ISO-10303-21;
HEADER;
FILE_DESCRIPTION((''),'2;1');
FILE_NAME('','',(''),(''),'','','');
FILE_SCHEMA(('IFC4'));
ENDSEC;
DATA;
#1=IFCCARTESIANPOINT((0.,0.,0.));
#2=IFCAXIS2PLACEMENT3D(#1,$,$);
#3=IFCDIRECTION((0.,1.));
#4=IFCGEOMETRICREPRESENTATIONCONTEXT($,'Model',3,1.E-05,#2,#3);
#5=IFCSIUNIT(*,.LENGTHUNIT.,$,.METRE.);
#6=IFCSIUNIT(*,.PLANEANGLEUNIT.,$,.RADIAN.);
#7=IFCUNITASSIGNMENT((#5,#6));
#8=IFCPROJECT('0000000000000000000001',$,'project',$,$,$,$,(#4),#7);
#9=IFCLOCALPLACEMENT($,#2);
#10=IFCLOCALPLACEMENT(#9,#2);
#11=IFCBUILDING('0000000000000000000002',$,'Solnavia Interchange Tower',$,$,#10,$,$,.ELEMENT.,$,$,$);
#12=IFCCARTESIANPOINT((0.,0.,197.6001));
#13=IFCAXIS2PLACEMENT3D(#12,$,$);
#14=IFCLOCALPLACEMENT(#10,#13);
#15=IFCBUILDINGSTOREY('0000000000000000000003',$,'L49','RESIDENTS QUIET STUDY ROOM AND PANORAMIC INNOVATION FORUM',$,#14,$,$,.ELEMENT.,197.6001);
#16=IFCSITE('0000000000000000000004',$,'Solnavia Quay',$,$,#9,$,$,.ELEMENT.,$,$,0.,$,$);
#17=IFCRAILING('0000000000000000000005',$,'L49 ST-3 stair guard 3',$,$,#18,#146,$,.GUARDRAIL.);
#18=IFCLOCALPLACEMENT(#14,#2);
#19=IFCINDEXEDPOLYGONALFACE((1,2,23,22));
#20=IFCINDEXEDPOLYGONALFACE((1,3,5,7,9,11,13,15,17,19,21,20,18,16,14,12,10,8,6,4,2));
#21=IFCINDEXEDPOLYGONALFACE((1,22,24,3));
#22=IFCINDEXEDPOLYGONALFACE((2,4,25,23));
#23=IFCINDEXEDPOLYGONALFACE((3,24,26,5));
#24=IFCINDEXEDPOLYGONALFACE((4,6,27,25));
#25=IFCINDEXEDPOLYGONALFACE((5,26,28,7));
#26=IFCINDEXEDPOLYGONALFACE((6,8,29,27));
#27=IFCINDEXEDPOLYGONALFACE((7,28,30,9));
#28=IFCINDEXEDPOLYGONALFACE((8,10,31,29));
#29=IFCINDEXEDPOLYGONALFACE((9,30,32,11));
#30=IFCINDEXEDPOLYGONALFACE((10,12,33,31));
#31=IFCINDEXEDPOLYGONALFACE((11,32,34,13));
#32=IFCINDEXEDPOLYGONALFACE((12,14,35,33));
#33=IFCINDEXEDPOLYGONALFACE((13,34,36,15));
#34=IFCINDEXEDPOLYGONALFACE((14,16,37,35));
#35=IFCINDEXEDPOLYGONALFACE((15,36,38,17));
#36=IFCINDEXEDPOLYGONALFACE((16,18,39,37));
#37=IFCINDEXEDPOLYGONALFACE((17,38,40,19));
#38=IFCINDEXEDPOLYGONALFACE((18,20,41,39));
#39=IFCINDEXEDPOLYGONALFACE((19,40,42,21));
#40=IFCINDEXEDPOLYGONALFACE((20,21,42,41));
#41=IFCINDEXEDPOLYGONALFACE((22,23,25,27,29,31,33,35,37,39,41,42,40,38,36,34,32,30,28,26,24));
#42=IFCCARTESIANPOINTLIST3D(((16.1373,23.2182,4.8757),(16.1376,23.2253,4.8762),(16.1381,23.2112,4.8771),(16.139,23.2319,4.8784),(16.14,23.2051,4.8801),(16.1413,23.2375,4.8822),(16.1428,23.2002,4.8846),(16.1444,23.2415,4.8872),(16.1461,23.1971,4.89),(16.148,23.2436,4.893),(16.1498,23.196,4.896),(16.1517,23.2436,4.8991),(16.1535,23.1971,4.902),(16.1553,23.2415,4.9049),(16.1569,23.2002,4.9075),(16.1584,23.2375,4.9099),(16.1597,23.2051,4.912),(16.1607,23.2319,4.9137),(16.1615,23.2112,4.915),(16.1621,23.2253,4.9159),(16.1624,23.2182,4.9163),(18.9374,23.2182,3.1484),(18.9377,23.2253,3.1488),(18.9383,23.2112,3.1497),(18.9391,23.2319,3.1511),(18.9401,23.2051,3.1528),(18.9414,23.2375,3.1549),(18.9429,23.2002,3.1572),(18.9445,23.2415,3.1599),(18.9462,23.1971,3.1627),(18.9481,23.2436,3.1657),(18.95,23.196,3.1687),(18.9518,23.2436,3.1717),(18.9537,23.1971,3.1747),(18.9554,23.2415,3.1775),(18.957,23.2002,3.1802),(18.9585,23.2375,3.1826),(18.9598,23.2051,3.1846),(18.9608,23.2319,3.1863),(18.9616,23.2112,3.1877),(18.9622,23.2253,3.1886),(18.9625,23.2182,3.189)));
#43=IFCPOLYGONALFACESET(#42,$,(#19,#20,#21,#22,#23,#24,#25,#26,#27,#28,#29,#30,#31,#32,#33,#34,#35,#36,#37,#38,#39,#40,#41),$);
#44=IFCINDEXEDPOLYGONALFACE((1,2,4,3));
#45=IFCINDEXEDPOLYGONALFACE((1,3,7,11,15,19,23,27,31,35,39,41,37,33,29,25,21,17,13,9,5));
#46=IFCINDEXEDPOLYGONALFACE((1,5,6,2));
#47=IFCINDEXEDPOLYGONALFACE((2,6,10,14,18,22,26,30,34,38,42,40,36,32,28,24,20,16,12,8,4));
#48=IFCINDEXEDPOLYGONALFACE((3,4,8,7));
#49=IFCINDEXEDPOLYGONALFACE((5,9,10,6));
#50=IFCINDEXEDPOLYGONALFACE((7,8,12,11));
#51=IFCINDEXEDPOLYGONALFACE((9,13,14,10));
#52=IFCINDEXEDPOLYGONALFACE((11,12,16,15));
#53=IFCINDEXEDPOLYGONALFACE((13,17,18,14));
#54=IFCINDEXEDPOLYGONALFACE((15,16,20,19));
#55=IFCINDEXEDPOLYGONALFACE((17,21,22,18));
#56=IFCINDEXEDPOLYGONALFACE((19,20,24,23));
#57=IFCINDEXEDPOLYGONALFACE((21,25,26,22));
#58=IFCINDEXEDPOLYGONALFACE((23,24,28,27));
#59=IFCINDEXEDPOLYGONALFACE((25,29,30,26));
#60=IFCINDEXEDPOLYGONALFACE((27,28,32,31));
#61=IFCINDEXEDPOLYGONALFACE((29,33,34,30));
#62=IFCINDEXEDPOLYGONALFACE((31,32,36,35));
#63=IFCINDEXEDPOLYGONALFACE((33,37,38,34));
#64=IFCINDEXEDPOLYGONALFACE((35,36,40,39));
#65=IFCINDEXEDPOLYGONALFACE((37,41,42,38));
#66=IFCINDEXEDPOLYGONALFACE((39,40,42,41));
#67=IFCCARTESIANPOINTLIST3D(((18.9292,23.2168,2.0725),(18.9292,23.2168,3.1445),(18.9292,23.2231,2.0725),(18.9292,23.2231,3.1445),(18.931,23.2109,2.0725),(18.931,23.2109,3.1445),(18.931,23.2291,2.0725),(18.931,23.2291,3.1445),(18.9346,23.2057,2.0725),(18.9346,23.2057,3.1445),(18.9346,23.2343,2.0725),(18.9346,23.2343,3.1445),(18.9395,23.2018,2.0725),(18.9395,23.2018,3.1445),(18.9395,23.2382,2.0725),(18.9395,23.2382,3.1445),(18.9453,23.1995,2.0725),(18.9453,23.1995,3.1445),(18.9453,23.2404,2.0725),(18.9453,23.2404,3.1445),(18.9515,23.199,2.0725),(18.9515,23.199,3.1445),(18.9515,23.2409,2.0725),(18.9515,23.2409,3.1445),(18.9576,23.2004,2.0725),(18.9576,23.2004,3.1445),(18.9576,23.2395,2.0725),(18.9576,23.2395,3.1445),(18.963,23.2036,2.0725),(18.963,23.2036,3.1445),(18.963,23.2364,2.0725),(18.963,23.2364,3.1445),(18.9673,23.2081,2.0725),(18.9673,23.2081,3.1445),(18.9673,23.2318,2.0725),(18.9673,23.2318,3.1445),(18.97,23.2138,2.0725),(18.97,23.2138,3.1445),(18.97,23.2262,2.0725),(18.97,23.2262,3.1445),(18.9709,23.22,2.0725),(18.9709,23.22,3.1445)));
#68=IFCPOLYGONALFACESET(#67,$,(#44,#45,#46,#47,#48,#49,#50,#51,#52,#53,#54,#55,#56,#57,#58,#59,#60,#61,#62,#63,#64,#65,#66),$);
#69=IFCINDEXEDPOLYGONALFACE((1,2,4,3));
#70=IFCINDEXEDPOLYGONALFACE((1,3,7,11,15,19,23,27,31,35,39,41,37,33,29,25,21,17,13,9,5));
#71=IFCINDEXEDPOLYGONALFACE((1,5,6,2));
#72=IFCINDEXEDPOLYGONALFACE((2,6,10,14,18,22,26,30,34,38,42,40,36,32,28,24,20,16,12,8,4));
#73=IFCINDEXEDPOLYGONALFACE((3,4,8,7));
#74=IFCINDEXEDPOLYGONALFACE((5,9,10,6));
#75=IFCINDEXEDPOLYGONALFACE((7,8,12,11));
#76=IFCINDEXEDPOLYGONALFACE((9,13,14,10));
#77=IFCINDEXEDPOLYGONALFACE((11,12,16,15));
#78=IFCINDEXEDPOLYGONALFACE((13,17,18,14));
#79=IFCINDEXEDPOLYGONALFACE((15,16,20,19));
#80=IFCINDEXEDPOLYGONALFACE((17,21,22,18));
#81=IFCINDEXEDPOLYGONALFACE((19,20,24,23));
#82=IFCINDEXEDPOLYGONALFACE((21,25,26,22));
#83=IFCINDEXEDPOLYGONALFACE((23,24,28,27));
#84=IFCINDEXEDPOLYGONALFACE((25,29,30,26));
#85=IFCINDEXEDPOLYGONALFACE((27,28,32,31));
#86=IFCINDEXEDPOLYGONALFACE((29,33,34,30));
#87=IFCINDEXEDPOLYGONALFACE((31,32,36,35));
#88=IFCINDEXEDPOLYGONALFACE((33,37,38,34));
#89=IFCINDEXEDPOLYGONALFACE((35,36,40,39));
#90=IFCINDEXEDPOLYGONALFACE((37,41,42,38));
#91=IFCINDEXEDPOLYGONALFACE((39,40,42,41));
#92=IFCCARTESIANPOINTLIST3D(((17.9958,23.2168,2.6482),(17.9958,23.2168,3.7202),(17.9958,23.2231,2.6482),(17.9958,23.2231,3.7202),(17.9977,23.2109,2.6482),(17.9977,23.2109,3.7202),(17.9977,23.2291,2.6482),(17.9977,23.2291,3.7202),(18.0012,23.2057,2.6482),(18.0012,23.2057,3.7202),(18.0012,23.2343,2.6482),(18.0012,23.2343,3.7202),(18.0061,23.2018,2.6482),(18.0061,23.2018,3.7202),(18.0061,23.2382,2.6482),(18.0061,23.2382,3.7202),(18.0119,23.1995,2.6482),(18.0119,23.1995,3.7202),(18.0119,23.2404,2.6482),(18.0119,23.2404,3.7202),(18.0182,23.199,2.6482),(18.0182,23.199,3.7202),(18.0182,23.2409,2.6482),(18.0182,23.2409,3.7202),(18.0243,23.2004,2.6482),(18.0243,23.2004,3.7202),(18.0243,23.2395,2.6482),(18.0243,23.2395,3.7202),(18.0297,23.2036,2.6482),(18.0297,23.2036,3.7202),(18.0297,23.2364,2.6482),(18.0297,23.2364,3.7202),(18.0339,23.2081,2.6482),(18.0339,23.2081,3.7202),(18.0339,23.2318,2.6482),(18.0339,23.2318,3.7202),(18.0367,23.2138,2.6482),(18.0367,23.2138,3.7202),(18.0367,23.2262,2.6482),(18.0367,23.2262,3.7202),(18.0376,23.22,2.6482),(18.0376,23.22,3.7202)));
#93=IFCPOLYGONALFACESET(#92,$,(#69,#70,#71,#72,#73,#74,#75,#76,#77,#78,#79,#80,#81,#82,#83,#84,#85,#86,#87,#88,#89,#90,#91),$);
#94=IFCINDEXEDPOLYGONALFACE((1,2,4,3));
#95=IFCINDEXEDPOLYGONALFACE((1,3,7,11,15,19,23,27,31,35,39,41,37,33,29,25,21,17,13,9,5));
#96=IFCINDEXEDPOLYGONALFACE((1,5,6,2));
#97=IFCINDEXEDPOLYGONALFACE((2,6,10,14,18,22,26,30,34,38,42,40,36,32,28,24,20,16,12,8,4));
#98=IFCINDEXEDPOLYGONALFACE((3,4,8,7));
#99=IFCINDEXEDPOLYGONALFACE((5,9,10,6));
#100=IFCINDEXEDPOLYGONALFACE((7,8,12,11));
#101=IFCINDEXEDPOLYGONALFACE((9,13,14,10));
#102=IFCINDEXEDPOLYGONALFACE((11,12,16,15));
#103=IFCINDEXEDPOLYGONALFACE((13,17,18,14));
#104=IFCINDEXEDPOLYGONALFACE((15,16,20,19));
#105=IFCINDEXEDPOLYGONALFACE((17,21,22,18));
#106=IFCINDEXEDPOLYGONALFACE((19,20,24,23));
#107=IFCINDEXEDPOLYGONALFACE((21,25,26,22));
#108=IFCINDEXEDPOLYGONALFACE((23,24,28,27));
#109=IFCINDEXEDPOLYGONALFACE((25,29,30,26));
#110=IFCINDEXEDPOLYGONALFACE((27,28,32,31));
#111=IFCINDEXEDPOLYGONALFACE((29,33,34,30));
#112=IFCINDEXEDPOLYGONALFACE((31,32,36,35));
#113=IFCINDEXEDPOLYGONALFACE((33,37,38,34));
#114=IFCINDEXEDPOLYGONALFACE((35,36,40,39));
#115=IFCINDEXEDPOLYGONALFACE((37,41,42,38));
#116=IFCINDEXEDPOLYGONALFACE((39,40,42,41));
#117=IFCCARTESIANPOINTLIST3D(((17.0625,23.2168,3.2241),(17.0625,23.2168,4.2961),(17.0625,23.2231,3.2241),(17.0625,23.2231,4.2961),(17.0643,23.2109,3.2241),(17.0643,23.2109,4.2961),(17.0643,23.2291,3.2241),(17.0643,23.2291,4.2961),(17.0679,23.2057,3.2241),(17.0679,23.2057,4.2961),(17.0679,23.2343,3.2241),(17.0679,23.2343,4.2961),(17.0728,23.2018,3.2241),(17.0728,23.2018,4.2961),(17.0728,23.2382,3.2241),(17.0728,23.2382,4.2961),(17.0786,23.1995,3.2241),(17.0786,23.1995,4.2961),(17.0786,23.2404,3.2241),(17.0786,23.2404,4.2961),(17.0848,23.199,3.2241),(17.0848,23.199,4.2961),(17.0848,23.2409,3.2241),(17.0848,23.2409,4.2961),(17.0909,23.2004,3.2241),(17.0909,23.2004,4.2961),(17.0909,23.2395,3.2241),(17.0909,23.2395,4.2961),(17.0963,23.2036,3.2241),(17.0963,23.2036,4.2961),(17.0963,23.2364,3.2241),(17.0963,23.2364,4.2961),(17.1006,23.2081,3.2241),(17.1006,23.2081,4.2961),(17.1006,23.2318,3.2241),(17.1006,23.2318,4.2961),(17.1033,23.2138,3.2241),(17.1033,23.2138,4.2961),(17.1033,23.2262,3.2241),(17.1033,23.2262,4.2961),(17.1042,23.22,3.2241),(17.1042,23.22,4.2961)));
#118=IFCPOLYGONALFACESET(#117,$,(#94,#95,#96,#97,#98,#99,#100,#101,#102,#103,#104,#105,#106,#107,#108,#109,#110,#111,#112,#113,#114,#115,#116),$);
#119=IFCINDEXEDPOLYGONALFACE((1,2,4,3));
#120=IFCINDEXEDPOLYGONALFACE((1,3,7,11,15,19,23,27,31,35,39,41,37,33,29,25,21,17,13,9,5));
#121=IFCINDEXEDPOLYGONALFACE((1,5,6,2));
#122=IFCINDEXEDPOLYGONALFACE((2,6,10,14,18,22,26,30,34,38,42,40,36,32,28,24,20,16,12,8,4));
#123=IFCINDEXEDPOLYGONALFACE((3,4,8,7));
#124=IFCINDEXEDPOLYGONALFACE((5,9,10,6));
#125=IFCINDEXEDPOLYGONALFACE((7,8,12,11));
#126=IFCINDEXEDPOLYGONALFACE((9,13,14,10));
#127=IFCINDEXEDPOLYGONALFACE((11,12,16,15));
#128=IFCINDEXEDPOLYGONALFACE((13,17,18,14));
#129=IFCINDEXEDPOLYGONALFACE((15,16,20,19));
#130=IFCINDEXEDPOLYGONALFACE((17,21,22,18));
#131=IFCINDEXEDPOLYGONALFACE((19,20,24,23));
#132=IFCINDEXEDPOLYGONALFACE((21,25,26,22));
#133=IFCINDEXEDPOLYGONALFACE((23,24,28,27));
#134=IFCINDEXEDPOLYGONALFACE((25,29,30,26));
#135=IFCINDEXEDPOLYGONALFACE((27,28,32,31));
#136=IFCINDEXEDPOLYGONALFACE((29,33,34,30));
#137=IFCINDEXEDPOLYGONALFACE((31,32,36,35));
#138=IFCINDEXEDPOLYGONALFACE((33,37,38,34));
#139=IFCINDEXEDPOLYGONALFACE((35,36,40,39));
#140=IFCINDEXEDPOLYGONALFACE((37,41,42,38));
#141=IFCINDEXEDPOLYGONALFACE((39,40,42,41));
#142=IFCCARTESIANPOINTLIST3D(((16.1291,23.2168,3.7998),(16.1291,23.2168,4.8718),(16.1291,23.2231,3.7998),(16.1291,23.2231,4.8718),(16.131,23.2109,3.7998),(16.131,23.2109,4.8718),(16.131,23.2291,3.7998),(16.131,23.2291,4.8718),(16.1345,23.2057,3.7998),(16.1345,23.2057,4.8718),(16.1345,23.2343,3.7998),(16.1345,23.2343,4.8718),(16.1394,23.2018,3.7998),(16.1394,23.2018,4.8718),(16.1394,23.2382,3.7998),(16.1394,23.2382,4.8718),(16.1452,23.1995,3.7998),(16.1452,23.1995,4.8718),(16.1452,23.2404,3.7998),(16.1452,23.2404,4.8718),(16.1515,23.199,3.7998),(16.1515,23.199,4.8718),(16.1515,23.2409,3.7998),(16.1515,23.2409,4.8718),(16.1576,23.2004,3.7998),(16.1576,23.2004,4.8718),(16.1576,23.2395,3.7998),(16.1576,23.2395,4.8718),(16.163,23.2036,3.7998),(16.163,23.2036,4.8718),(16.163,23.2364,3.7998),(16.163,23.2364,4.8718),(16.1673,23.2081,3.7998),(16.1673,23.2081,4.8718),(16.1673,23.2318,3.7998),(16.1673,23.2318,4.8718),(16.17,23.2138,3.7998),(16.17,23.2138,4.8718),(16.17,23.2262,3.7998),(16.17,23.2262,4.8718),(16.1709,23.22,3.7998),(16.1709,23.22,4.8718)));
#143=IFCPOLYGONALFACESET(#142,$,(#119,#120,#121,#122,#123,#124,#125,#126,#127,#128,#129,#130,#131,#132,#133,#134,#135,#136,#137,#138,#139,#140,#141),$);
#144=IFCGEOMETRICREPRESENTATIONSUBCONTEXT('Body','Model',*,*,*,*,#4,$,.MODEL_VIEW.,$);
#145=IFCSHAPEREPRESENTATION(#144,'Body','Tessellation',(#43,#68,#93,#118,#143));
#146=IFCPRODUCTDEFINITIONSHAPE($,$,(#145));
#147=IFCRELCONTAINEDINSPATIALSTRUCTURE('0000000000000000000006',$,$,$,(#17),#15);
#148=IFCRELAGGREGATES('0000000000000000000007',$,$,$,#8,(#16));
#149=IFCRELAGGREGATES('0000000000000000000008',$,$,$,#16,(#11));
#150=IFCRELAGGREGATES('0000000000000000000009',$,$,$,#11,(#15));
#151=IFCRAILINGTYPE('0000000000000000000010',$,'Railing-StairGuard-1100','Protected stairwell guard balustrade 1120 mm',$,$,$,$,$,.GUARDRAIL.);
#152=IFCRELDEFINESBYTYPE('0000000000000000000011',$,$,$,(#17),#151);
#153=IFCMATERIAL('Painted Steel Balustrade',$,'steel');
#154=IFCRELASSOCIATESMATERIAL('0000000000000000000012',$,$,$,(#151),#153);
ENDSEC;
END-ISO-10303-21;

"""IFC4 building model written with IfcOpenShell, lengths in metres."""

from ifc_helpers import new_model, si_unit, direction, frame, origin, origin_2d, place, context, subcontext, project, spatial, circle, extrude, material, type_object, element, save


model = new_model("IFC4")

# Units and contexts
model_context = context("Model", 3, precision=1e-05, world=origin(), true_north=direction((0.0, 1.0)))
body_context = subcontext(model_context, "Body", "Model", "MODEL_VIEW")
ifc_project = project(units=[si_unit("LENGTHUNIT", "METRE"), si_unit("PLANEANGLEUNIT", "RADIAN")], contexts=[model_context])

# Site, building, storey
site_placement = place(None, origin())
site = spatial("IfcSite", under=ifc_project, at=site_placement, Name="Solnavia Quay", CompositionType="ELEMENT", RefElevation=0.0)
building_placement = place(site_placement, origin())
building = spatial("IfcBuilding", under=site, at=building_placement, Name="Solnavia Interchange Tower", CompositionType="ELEMENT")
storey_placement = place(building_placement, frame((0.0, 0.0, 197.6001)))
storey = spatial("IfcBuildingStorey", under=building, at=storey_placement, Name="L49", Description="RESIDENTS QUIET STUDY ROOM AND PANORAMIC INNOVATION FORUM", CompositionType="ELEMENT", Elevation=197.6001)

# Railing
ifc_material_1 = material(Name="Painted Steel Balustrade", Category="steel")
railing_type_1 = type_object("IfcRailingType", Name="Railing-StairGuard-1100", Description="Protected stairwell guard balustrade 1120 mm", PredefinedType="GUARDRAIL", material=ifc_material_1)
railing_1_placement = place(storey_placement, frame((18.95, 23.22, 2.0725)))
element("IfcRailing", 1, at=railing_1_placement, inside=storey, type_object=railing_type_1, Name="L49 ST-3 stair guard 3", PredefinedType="GUARDRAIL", context=body_context, shape_type="SweptSolid", body=[
    extrude(circle(Radius=0.0239, at=origin_2d()), frame((0.0, 0.0, 1.0962), z_axis=(-0.85109, 0.0, 0.52502), x_axis=(0.0, -1.0, 0.0)), (0.0, 0.0, 1.0), 3.29),
    extrude(circle(Radius=0.021, at=origin_2d()), origin(), (0.0, 0.0, 1.0), 1.072),
    extrude(circle(Radius=0.021, at=origin_2d()), frame((-0.9333, 0.0, 0.5757)), (0.0, 0.0, 1.0), 1.072),
    extrude(circle(Radius=0.021, at=origin_2d()), frame((-1.8667, 0.0, 1.1516)), (0.0, 0.0, 1.0), 1.072),
    extrude(circle(Radius=0.021, at=origin_2d()), frame((-2.8, 0.0, 1.7273)), (0.0, 0.0, 1.0), 1.072),
])

save(model, "model.ifc")
